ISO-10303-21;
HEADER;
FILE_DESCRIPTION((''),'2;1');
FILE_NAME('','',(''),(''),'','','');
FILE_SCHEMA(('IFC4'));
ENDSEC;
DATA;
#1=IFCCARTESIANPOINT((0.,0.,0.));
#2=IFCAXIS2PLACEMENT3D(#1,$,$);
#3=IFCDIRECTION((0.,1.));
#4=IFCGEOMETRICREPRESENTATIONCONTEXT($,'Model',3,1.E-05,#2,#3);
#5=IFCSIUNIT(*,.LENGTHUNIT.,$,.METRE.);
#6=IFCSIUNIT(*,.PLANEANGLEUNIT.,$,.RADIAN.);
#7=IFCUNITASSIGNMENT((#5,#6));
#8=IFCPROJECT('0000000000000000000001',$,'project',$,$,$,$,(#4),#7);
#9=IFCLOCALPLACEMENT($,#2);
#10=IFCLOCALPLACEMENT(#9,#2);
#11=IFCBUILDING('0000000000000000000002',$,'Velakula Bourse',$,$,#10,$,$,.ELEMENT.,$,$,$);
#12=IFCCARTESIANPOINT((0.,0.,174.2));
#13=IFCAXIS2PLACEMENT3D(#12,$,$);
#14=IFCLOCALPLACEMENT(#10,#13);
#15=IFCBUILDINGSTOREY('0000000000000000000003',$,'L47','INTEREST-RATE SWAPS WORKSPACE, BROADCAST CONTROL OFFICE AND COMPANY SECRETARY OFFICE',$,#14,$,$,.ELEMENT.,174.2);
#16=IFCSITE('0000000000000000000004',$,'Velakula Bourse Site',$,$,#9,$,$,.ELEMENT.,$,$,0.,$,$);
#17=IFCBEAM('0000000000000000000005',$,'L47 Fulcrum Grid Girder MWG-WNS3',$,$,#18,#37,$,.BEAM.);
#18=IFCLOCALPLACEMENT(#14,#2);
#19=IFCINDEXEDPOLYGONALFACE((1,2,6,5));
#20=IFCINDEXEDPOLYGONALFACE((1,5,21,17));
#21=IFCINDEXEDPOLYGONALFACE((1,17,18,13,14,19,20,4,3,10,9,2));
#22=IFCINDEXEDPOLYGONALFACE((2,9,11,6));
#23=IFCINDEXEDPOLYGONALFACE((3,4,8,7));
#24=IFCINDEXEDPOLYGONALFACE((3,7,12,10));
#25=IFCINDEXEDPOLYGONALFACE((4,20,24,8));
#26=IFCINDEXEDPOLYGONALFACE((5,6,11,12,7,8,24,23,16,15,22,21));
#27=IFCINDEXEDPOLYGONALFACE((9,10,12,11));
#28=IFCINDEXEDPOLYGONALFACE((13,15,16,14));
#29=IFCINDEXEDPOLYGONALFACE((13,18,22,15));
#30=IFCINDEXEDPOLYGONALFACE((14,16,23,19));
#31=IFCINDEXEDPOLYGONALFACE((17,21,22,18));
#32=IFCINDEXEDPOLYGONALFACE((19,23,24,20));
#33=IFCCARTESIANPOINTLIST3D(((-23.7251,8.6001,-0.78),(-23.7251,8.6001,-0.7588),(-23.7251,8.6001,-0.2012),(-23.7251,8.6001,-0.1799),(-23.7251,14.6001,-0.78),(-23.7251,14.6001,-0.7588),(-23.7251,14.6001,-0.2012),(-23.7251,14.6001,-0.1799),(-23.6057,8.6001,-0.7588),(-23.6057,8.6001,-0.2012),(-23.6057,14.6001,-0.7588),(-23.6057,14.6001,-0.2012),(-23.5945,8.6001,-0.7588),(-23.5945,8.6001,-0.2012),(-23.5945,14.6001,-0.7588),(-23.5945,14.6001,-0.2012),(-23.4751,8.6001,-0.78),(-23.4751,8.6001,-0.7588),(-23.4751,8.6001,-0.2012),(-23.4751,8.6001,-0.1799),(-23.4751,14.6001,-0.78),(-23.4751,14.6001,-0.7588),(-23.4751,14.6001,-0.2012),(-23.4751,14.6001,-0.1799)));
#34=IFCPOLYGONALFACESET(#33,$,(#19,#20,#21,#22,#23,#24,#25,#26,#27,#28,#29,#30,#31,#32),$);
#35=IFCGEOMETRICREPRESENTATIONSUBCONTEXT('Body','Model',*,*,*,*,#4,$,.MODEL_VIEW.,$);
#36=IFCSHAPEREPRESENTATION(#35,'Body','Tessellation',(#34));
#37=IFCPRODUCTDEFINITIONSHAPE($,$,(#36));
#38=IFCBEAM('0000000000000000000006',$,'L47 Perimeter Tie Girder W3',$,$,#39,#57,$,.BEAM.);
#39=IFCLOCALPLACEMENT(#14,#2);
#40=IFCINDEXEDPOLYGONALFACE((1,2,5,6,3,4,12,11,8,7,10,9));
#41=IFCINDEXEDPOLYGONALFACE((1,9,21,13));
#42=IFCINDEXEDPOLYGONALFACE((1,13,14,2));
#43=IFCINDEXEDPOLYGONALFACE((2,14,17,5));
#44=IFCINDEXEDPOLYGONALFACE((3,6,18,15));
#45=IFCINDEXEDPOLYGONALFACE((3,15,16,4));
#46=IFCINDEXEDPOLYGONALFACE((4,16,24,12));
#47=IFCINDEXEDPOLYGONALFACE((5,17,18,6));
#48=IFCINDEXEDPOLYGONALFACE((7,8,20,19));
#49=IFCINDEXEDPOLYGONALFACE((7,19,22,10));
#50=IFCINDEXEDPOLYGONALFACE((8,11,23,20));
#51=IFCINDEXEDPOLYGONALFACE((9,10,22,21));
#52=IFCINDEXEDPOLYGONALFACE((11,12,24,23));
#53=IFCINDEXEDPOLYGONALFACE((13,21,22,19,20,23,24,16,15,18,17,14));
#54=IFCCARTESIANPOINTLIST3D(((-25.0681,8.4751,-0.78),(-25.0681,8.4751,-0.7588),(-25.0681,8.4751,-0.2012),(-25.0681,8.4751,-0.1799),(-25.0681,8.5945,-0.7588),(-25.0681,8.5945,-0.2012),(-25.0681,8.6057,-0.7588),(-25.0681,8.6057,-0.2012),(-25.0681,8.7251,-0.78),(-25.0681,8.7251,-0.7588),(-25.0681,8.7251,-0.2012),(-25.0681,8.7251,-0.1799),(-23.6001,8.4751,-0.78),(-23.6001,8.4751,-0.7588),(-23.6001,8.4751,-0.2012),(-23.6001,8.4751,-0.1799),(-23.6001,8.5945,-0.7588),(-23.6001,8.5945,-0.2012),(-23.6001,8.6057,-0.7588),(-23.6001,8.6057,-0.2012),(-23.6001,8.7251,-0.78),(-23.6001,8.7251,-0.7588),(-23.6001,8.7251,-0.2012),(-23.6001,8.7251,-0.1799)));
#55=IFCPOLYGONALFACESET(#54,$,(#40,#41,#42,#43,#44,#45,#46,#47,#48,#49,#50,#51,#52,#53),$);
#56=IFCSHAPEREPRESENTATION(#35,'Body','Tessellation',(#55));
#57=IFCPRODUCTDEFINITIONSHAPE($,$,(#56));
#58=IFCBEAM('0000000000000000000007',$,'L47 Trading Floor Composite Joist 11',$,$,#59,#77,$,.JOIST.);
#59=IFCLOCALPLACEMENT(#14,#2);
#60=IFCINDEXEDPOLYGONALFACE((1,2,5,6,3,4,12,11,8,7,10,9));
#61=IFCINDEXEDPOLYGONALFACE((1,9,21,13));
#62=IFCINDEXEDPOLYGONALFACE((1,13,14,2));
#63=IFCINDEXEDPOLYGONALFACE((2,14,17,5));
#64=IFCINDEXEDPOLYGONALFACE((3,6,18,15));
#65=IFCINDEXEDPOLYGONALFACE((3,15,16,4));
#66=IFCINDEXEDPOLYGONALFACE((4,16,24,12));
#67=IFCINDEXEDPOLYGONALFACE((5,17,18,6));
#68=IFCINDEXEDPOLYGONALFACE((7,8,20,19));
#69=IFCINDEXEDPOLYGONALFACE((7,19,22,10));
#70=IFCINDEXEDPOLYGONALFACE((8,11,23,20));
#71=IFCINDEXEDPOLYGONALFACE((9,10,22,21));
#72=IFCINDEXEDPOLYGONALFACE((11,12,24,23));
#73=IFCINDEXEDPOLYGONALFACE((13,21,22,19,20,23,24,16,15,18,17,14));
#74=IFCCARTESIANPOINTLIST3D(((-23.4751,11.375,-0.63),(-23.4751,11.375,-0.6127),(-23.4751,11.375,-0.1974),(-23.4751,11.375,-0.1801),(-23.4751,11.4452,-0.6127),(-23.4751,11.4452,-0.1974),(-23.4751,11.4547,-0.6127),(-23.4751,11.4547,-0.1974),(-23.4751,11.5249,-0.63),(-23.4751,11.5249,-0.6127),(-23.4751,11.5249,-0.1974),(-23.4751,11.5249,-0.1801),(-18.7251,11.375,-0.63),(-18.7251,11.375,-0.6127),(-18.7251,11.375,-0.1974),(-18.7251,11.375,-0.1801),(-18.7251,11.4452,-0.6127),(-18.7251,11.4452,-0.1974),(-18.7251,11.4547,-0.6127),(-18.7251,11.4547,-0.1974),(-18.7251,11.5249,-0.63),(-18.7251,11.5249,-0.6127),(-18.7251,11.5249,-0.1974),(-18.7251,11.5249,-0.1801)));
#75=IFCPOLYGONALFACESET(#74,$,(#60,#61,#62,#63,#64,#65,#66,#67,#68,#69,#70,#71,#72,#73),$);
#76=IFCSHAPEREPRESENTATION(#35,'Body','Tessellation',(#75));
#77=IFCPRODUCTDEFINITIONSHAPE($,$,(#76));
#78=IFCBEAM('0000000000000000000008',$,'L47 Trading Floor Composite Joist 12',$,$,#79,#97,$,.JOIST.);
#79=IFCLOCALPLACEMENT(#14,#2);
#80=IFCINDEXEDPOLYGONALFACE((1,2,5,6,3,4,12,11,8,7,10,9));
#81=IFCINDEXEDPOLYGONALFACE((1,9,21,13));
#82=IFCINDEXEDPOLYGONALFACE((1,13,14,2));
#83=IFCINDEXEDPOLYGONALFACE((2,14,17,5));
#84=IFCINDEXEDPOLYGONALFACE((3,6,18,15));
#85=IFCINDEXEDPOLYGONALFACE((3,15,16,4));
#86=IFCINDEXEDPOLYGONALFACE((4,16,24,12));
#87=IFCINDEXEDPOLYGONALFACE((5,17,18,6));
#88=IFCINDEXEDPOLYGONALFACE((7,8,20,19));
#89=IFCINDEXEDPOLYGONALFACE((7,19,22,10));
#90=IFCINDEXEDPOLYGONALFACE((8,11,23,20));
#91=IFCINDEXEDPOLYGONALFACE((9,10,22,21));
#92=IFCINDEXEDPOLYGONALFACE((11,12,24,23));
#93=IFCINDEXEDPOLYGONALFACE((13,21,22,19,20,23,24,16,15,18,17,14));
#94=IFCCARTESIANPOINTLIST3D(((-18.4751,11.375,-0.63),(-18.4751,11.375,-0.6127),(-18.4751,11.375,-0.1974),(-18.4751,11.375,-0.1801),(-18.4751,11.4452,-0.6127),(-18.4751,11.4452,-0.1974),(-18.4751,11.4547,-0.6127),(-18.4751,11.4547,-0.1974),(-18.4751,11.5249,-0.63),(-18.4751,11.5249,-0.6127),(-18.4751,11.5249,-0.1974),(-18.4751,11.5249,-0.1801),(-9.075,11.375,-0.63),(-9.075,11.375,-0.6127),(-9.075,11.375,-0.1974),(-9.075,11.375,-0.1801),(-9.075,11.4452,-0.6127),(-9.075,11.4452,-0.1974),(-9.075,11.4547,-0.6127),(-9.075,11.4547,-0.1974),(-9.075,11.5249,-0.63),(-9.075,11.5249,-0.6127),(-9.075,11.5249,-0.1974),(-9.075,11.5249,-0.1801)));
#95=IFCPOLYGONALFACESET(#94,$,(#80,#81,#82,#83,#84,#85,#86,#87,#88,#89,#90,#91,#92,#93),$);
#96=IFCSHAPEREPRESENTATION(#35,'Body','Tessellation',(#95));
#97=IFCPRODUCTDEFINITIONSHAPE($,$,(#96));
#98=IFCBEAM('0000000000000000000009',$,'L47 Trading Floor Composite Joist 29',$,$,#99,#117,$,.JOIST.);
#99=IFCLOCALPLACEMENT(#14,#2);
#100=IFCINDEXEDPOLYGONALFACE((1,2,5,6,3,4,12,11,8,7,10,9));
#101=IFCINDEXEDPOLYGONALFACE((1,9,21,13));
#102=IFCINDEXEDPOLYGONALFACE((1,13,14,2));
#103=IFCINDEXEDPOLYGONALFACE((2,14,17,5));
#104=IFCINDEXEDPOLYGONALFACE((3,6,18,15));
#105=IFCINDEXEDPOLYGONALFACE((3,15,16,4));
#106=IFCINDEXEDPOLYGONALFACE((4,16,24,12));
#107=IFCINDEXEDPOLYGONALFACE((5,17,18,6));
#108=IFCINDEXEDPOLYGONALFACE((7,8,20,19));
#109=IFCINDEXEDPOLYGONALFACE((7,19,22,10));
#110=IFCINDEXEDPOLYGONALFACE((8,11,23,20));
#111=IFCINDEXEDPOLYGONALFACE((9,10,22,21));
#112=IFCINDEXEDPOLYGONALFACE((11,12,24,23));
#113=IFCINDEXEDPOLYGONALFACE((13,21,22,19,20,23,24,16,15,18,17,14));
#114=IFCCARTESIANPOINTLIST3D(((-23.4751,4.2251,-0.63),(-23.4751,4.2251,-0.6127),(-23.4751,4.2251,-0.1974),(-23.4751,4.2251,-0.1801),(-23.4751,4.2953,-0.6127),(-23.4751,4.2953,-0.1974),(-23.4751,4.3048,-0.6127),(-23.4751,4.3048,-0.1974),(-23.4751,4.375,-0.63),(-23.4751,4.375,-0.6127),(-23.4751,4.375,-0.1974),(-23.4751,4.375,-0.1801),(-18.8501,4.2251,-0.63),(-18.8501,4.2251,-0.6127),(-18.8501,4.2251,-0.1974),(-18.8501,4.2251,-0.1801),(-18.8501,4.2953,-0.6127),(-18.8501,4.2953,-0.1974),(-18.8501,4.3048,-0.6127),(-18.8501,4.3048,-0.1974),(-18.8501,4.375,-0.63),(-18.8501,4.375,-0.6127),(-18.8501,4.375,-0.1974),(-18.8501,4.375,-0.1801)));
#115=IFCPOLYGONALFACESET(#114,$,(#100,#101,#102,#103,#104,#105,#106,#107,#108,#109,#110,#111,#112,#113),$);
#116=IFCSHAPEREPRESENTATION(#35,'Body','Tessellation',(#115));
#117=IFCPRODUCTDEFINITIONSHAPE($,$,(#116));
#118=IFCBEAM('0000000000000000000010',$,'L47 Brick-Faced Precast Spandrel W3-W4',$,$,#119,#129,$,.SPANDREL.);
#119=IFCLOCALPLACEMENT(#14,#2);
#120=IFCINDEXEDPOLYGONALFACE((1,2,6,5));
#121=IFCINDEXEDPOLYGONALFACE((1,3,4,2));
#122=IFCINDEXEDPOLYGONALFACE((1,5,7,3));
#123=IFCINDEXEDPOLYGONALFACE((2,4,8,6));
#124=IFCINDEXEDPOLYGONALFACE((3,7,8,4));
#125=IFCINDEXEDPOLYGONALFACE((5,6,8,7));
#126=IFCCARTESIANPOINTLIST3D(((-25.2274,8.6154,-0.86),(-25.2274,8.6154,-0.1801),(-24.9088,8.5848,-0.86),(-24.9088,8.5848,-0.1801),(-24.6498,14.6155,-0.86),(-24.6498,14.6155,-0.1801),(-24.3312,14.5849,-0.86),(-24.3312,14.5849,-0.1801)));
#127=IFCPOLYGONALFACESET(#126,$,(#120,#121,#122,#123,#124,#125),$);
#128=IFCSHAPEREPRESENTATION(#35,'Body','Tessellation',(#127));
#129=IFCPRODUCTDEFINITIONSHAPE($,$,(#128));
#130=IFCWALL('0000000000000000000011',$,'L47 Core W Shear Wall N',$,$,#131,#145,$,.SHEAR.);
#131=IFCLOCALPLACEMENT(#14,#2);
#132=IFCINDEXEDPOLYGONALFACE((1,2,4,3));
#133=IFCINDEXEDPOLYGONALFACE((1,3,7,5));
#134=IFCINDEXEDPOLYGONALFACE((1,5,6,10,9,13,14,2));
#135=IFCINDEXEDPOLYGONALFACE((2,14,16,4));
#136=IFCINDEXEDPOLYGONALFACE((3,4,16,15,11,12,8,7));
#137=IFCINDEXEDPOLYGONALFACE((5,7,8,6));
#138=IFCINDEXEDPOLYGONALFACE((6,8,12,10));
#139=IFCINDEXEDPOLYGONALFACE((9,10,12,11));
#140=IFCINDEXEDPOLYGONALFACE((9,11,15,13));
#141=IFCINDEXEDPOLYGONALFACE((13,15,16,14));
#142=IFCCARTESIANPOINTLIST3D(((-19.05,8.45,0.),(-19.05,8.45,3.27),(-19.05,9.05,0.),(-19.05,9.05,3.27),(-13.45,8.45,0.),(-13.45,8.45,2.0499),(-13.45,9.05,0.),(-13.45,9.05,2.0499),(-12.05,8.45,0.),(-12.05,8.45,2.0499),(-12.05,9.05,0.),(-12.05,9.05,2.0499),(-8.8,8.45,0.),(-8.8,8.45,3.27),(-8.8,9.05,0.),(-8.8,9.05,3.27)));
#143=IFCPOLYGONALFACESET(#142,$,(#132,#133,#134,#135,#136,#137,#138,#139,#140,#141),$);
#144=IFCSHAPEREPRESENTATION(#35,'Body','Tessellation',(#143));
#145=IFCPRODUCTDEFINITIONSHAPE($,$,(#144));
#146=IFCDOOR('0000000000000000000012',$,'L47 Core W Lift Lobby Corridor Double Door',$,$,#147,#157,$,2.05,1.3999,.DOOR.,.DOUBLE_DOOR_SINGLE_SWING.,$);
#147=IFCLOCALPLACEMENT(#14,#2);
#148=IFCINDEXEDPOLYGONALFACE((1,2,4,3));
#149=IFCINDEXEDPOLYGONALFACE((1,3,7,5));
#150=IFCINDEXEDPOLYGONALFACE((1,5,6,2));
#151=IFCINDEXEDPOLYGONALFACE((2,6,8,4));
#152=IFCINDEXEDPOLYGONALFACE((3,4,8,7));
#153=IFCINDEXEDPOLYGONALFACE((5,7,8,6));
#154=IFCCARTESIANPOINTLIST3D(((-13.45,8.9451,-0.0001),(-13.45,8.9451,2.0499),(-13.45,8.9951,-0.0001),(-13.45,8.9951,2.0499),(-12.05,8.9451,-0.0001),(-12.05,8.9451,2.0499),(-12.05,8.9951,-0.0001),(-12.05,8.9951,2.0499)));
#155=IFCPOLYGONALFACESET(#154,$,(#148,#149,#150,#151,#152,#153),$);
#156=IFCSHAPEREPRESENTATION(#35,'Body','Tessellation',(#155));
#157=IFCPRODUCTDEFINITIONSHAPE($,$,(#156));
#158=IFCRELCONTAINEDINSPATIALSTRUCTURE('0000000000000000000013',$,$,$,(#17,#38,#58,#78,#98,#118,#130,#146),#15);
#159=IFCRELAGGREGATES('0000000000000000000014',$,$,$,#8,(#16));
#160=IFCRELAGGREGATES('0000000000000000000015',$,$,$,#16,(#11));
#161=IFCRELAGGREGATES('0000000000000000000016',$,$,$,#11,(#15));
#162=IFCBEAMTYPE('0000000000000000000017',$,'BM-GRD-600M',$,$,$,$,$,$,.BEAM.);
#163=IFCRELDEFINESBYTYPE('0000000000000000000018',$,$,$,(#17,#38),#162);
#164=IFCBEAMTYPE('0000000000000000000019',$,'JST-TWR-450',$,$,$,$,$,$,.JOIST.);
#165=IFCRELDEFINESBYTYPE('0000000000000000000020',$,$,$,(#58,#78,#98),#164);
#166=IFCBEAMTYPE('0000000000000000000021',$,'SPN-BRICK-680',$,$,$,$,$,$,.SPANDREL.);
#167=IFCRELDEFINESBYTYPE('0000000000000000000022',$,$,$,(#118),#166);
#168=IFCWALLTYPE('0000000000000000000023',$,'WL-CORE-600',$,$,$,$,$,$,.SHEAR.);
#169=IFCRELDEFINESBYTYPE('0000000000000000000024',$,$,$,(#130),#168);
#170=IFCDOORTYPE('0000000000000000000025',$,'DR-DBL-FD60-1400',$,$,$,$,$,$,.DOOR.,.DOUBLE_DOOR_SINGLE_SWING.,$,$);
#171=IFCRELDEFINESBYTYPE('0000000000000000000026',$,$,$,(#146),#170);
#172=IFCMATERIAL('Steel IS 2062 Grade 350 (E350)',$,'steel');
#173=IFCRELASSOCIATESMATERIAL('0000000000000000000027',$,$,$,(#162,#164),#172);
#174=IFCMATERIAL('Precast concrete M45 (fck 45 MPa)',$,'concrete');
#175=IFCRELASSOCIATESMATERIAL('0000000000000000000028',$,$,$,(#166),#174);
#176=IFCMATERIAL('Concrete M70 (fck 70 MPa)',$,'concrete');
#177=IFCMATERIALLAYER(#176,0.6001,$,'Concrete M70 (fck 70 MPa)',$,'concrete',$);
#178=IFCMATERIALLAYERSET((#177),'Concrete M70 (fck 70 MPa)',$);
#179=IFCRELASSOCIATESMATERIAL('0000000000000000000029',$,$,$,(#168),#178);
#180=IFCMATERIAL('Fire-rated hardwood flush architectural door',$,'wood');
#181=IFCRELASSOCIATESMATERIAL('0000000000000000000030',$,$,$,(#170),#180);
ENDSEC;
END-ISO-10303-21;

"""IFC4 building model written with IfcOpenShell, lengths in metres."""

from ifc_helpers import new_model, si_unit, direction, frame, frame_2d, origin, origin_2d, place, context, subcontext, project, spatial, rectangle, i_section, extrude, material, layer, layer_set, material_profile, profile_set, type_object, element, fill, save


model = new_model("IFC4")

# Units and contexts
model_context = context("Model", 3, precision=1e-05, world=origin(), true_north=direction((0.0, 1.0)))
body_context = subcontext(model_context, "Body", "Model", "MODEL_VIEW")
ifc_project = project(units=[si_unit("LENGTHUNIT", "METRE"), si_unit("PLANEANGLEUNIT", "RADIAN")], contexts=[model_context])

# Site, building, storey
site_placement = place(None, origin())
site = spatial("IfcSite", under=ifc_project, at=site_placement, Name="Velakula Bourse Site", CompositionType="ELEMENT", RefElevation=0.0)
building_placement = place(site_placement, origin())
building = spatial("IfcBuilding", under=site, at=building_placement, Name="Velakula Bourse", CompositionType="ELEMENT")
storey_placement = place(building_placement, frame((0.0, 0.0, 174.2)))
storey = spatial("IfcBuildingStorey", under=building, at=storey_placement, Name="L47", Description="INTEREST-RATE SWAPS WORKSPACE, BROADCAST CONTROL OFFICE AND COMPANY SECRETARY OFFICE", CompositionType="ELEMENT", Elevation=174.2)

# Shared definitions
ifc_material_1 = material(Name="Concrete M70 (fck 70 MPa)", Category="concrete")
ifc_material_2 = material(Name="Steel IS 2062 Grade 350 (E350)", Category="steel")

# Beams
ifc_material_profile_1 = material_profile(ifc_material_2, i_section(OverallWidth=0.25, OverallDepth=0.6001, WebThickness=0.0112, FlangeThickness=0.0212, at=origin_2d()), Name="Steel IS 2062 Grade 350 (E350)")
ifc_profile_set_1 = profile_set([ifc_material_profile_1], Name="Steel IS 2062 Grade 350 (E350)")
beam_type_1 = type_object("IfcBeamType", Name="BM-GRD-600M", PredefinedType="BEAM", material=ifc_profile_set_1)
beam_1_placement = place(storey_placement, frame((-23.6001, 8.6001, -0.48), z_axis=(0.0, 1.0, 0.0), x_axis=(-1.0, 0.0, 0.0)))
element("IfcBeam", 1, at=beam_1_placement, inside=storey, type_object=beam_type_1, Name="L47 Fulcrum Grid Girder MWG-WNS3", PredefinedType="BEAM", context=body_context, shape_type="SweptSolid", body=[
    extrude(i_section(OverallWidth=0.25, OverallDepth=0.6001, WebThickness=0.0112, FlangeThickness=0.0212, at=origin_2d()), origin(), (0.0, 0.0, 1.0), 6.0),
])
beam_2_placement = place(storey_placement, frame((-23.6001, 8.6001, -0.48), z_axis=(-1.0, 0.0, 0.0), x_axis=(0.0, -1.0, 0.0)))
element("IfcBeam", 2, at=beam_2_placement, inside=storey, type_object=beam_type_1, Name="L47 Perimeter Tie Girder W3", PredefinedType="BEAM", context=body_context, shape_type="SweptSolid", body=[
    extrude(i_section(OverallWidth=0.25, OverallDepth=0.6001, WebThickness=0.0112, FlangeThickness=0.0212, at=origin_2d()), origin(), (0.0, 0.0, 1.0), 1.468),
])
ifc_material_profile_2 = material_profile(ifc_material_2, i_section(OverallWidth=0.1499, OverallDepth=0.45, WebThickness=0.0095, FlangeThickness=0.0173, at=origin_2d()), Name="Steel IS 2062 Grade 350 (E350)")
ifc_profile_set_2 = profile_set([ifc_material_profile_2], Name="Steel IS 2062 Grade 350 (E350)")
beam_type_2 = type_object("IfcBeamType", Name="JST-TWR-450", PredefinedType="JOIST", material=ifc_profile_set_2)
beam_3_placement = place(storey_placement, frame((-23.4751, 11.45, -0.405), z_axis=(1.0, 0.0, 0.0), x_axis=(0.0, 1.0, 0.0)))
element("IfcBeam", 3, at=beam_3_placement, inside=storey, type_object=beam_type_2, Name="L47 Trading Floor Composite Joist 11", PredefinedType="JOIST", context=body_context, shape_type="SweptSolid", body=[
    extrude(i_section(OverallWidth=0.1499, OverallDepth=0.45, WebThickness=0.0095, FlangeThickness=0.0173, at=origin_2d()), origin(), (0.0, 0.0, 1.0), 4.75),
])
beam_4_placement = place(storey_placement, frame((-18.4751, 11.45, -0.405), z_axis=(1.0, 0.0, 0.0), x_axis=(0.0, 1.0, 0.0)))
element("IfcBeam", 4, at=beam_4_placement, inside=storey, type_object=beam_type_2, Name="L47 Trading Floor Composite Joist 12", PredefinedType="JOIST", context=body_context, shape_type="SweptSolid", body=[
    extrude(i_section(OverallWidth=0.1499, OverallDepth=0.45, WebThickness=0.0095, FlangeThickness=0.0173, at=origin_2d()), origin(), (0.0, 0.0, 1.0), 9.4001),
])
beam_5_placement = place(storey_placement, frame((-23.4751, 4.3, -0.405), z_axis=(1.0, 0.0, 0.0), x_axis=(0.0, 1.0, 0.0)))
element("IfcBeam", 5, at=beam_5_placement, inside=storey, type_object=beam_type_2, Name="L47 Trading Floor Composite Joist 29", PredefinedType="JOIST", context=body_context, shape_type="SweptSolid", body=[
    extrude(i_section(OverallWidth=0.1499, OverallDepth=0.45, WebThickness=0.0095, FlangeThickness=0.0173, at=origin_2d()), origin(), (0.0, 0.0, 1.0), 4.625),
])
ifc_material_3 = material(Name="Precast concrete M45 (fck 45 MPa)", Category="concrete")
ifc_material_profile_3 = material_profile(ifc_material_3, rectangle(XDim=0.3201, YDim=0.6799, at=origin_2d()), Name="Precast concrete M45 (fck 45 MPa)")
ifc_profile_set_3 = profile_set([ifc_material_profile_3], Name="Precast concrete M45 (fck 45 MPa)")
beam_type_3 = type_object("IfcBeamType", Name="SPN-BRICK-680", PredefinedType="SPANDREL", material=ifc_profile_set_3)
beam_6_placement = place(storey_placement, frame((-25.0681, 8.6001, -0.52), z_axis=(0.09583, 0.995398, 0.0), x_axis=(-0.995398, 0.09583, 0.0)))
element("IfcBeam", 6, at=beam_6_placement, inside=storey, type_object=beam_type_3, Name="L47 Brick-Faced Precast Spandrel W3-W4", PredefinedType="SPANDREL", context=body_context, shape_type="SweptSolid", body=[
    extrude(rectangle(XDim=0.3201, YDim=0.6799, at=origin_2d()), origin(), (0.0, 0.0, 1.0), 6.0278),
])

# Wall, opening, door
ifc_layer_1 = layer(ifc_material_1, 0.6001, Name="Concrete M70 (fck 70 MPa)", Category="concrete")
ifc_layer_set_1 = layer_set([ifc_layer_1], Name="Concrete M70 (fck 70 MPa)")
wall_type_1 = type_object("IfcWallType", Name="WL-CORE-600", PredefinedType="SHEAR", material=ifc_layer_set_1)
wall_1_placement = place(storey_placement, frame((-19.05, 8.75, 0.0), z_axis=(0.0, 0.0, 1.0), x_axis=(1.0, 0.0, 0.0)))
wall_1 = element("IfcWall", 7, at=wall_1_placement, inside=storey, type_object=wall_type_1, Name="L47 Core W Shear Wall N", PredefinedType="SHEAR", context=body_context, shape_type="SweptSolid", body=[
    extrude(rectangle(XDim=10.25, YDim=0.6001, at=frame_2d((5.125, 0.0))), origin(), (0.0, 0.0, 1.0), 3.27),
])
opening_1_placement = place(wall_1_placement, frame((5.6001, 0.0, 0.0)))
opening_1 = element("IfcOpeningElement", 8, at=opening_1_placement, cuts=wall_1, PredefinedType="OPENING", context=body_context, shape_type="SweptSolid", body=[
    extrude(rectangle(XDim=1.3999, YDim=2.05, at=frame_2d((0.7, 1.0249))), frame((0.0, 0.3101, 0.0), z_axis=(0.0, -1.0, 0.0), x_axis=(1.0, 0.0, 0.0)), (0.0, 0.0, 1.0), 0.6201),
])
ifc_material_4 = material(Name="Fire-rated hardwood flush architectural door", Category="wood")
door_type_1 = type_object("IfcDoorType", Name="DR-DBL-FD60-1400", OperationType="DOUBLE_DOOR_SINGLE_SWING", PredefinedType="DOOR", material=ifc_material_4)
door_1_placement = place(opening_1_placement, origin())
door_1 = element("IfcDoor", 9, at=door_1_placement, inside=storey, type_object=door_type_1, Name="L47 Core W Lift Lobby Corridor Double Door", OperationType="DOUBLE_DOOR_SINGLE_SWING", OverallHeight=2.05, OverallWidth=1.3999, PredefinedType="DOOR", context=body_context, shape_type="SweptSolid", body=[
    extrude(rectangle(XDim=1.3999, YDim=2.05, at=frame_2d((0.7, 1.0249))), frame((0.0, 0.2451, 0.0), z_axis=(0.0, -1.0, 0.0), x_axis=(1.0, 0.0, 0.0)), (0.0, 0.0, 1.0), 0.05),
])
fill(opening_1, door_1)

save(model, "model.ifc")
